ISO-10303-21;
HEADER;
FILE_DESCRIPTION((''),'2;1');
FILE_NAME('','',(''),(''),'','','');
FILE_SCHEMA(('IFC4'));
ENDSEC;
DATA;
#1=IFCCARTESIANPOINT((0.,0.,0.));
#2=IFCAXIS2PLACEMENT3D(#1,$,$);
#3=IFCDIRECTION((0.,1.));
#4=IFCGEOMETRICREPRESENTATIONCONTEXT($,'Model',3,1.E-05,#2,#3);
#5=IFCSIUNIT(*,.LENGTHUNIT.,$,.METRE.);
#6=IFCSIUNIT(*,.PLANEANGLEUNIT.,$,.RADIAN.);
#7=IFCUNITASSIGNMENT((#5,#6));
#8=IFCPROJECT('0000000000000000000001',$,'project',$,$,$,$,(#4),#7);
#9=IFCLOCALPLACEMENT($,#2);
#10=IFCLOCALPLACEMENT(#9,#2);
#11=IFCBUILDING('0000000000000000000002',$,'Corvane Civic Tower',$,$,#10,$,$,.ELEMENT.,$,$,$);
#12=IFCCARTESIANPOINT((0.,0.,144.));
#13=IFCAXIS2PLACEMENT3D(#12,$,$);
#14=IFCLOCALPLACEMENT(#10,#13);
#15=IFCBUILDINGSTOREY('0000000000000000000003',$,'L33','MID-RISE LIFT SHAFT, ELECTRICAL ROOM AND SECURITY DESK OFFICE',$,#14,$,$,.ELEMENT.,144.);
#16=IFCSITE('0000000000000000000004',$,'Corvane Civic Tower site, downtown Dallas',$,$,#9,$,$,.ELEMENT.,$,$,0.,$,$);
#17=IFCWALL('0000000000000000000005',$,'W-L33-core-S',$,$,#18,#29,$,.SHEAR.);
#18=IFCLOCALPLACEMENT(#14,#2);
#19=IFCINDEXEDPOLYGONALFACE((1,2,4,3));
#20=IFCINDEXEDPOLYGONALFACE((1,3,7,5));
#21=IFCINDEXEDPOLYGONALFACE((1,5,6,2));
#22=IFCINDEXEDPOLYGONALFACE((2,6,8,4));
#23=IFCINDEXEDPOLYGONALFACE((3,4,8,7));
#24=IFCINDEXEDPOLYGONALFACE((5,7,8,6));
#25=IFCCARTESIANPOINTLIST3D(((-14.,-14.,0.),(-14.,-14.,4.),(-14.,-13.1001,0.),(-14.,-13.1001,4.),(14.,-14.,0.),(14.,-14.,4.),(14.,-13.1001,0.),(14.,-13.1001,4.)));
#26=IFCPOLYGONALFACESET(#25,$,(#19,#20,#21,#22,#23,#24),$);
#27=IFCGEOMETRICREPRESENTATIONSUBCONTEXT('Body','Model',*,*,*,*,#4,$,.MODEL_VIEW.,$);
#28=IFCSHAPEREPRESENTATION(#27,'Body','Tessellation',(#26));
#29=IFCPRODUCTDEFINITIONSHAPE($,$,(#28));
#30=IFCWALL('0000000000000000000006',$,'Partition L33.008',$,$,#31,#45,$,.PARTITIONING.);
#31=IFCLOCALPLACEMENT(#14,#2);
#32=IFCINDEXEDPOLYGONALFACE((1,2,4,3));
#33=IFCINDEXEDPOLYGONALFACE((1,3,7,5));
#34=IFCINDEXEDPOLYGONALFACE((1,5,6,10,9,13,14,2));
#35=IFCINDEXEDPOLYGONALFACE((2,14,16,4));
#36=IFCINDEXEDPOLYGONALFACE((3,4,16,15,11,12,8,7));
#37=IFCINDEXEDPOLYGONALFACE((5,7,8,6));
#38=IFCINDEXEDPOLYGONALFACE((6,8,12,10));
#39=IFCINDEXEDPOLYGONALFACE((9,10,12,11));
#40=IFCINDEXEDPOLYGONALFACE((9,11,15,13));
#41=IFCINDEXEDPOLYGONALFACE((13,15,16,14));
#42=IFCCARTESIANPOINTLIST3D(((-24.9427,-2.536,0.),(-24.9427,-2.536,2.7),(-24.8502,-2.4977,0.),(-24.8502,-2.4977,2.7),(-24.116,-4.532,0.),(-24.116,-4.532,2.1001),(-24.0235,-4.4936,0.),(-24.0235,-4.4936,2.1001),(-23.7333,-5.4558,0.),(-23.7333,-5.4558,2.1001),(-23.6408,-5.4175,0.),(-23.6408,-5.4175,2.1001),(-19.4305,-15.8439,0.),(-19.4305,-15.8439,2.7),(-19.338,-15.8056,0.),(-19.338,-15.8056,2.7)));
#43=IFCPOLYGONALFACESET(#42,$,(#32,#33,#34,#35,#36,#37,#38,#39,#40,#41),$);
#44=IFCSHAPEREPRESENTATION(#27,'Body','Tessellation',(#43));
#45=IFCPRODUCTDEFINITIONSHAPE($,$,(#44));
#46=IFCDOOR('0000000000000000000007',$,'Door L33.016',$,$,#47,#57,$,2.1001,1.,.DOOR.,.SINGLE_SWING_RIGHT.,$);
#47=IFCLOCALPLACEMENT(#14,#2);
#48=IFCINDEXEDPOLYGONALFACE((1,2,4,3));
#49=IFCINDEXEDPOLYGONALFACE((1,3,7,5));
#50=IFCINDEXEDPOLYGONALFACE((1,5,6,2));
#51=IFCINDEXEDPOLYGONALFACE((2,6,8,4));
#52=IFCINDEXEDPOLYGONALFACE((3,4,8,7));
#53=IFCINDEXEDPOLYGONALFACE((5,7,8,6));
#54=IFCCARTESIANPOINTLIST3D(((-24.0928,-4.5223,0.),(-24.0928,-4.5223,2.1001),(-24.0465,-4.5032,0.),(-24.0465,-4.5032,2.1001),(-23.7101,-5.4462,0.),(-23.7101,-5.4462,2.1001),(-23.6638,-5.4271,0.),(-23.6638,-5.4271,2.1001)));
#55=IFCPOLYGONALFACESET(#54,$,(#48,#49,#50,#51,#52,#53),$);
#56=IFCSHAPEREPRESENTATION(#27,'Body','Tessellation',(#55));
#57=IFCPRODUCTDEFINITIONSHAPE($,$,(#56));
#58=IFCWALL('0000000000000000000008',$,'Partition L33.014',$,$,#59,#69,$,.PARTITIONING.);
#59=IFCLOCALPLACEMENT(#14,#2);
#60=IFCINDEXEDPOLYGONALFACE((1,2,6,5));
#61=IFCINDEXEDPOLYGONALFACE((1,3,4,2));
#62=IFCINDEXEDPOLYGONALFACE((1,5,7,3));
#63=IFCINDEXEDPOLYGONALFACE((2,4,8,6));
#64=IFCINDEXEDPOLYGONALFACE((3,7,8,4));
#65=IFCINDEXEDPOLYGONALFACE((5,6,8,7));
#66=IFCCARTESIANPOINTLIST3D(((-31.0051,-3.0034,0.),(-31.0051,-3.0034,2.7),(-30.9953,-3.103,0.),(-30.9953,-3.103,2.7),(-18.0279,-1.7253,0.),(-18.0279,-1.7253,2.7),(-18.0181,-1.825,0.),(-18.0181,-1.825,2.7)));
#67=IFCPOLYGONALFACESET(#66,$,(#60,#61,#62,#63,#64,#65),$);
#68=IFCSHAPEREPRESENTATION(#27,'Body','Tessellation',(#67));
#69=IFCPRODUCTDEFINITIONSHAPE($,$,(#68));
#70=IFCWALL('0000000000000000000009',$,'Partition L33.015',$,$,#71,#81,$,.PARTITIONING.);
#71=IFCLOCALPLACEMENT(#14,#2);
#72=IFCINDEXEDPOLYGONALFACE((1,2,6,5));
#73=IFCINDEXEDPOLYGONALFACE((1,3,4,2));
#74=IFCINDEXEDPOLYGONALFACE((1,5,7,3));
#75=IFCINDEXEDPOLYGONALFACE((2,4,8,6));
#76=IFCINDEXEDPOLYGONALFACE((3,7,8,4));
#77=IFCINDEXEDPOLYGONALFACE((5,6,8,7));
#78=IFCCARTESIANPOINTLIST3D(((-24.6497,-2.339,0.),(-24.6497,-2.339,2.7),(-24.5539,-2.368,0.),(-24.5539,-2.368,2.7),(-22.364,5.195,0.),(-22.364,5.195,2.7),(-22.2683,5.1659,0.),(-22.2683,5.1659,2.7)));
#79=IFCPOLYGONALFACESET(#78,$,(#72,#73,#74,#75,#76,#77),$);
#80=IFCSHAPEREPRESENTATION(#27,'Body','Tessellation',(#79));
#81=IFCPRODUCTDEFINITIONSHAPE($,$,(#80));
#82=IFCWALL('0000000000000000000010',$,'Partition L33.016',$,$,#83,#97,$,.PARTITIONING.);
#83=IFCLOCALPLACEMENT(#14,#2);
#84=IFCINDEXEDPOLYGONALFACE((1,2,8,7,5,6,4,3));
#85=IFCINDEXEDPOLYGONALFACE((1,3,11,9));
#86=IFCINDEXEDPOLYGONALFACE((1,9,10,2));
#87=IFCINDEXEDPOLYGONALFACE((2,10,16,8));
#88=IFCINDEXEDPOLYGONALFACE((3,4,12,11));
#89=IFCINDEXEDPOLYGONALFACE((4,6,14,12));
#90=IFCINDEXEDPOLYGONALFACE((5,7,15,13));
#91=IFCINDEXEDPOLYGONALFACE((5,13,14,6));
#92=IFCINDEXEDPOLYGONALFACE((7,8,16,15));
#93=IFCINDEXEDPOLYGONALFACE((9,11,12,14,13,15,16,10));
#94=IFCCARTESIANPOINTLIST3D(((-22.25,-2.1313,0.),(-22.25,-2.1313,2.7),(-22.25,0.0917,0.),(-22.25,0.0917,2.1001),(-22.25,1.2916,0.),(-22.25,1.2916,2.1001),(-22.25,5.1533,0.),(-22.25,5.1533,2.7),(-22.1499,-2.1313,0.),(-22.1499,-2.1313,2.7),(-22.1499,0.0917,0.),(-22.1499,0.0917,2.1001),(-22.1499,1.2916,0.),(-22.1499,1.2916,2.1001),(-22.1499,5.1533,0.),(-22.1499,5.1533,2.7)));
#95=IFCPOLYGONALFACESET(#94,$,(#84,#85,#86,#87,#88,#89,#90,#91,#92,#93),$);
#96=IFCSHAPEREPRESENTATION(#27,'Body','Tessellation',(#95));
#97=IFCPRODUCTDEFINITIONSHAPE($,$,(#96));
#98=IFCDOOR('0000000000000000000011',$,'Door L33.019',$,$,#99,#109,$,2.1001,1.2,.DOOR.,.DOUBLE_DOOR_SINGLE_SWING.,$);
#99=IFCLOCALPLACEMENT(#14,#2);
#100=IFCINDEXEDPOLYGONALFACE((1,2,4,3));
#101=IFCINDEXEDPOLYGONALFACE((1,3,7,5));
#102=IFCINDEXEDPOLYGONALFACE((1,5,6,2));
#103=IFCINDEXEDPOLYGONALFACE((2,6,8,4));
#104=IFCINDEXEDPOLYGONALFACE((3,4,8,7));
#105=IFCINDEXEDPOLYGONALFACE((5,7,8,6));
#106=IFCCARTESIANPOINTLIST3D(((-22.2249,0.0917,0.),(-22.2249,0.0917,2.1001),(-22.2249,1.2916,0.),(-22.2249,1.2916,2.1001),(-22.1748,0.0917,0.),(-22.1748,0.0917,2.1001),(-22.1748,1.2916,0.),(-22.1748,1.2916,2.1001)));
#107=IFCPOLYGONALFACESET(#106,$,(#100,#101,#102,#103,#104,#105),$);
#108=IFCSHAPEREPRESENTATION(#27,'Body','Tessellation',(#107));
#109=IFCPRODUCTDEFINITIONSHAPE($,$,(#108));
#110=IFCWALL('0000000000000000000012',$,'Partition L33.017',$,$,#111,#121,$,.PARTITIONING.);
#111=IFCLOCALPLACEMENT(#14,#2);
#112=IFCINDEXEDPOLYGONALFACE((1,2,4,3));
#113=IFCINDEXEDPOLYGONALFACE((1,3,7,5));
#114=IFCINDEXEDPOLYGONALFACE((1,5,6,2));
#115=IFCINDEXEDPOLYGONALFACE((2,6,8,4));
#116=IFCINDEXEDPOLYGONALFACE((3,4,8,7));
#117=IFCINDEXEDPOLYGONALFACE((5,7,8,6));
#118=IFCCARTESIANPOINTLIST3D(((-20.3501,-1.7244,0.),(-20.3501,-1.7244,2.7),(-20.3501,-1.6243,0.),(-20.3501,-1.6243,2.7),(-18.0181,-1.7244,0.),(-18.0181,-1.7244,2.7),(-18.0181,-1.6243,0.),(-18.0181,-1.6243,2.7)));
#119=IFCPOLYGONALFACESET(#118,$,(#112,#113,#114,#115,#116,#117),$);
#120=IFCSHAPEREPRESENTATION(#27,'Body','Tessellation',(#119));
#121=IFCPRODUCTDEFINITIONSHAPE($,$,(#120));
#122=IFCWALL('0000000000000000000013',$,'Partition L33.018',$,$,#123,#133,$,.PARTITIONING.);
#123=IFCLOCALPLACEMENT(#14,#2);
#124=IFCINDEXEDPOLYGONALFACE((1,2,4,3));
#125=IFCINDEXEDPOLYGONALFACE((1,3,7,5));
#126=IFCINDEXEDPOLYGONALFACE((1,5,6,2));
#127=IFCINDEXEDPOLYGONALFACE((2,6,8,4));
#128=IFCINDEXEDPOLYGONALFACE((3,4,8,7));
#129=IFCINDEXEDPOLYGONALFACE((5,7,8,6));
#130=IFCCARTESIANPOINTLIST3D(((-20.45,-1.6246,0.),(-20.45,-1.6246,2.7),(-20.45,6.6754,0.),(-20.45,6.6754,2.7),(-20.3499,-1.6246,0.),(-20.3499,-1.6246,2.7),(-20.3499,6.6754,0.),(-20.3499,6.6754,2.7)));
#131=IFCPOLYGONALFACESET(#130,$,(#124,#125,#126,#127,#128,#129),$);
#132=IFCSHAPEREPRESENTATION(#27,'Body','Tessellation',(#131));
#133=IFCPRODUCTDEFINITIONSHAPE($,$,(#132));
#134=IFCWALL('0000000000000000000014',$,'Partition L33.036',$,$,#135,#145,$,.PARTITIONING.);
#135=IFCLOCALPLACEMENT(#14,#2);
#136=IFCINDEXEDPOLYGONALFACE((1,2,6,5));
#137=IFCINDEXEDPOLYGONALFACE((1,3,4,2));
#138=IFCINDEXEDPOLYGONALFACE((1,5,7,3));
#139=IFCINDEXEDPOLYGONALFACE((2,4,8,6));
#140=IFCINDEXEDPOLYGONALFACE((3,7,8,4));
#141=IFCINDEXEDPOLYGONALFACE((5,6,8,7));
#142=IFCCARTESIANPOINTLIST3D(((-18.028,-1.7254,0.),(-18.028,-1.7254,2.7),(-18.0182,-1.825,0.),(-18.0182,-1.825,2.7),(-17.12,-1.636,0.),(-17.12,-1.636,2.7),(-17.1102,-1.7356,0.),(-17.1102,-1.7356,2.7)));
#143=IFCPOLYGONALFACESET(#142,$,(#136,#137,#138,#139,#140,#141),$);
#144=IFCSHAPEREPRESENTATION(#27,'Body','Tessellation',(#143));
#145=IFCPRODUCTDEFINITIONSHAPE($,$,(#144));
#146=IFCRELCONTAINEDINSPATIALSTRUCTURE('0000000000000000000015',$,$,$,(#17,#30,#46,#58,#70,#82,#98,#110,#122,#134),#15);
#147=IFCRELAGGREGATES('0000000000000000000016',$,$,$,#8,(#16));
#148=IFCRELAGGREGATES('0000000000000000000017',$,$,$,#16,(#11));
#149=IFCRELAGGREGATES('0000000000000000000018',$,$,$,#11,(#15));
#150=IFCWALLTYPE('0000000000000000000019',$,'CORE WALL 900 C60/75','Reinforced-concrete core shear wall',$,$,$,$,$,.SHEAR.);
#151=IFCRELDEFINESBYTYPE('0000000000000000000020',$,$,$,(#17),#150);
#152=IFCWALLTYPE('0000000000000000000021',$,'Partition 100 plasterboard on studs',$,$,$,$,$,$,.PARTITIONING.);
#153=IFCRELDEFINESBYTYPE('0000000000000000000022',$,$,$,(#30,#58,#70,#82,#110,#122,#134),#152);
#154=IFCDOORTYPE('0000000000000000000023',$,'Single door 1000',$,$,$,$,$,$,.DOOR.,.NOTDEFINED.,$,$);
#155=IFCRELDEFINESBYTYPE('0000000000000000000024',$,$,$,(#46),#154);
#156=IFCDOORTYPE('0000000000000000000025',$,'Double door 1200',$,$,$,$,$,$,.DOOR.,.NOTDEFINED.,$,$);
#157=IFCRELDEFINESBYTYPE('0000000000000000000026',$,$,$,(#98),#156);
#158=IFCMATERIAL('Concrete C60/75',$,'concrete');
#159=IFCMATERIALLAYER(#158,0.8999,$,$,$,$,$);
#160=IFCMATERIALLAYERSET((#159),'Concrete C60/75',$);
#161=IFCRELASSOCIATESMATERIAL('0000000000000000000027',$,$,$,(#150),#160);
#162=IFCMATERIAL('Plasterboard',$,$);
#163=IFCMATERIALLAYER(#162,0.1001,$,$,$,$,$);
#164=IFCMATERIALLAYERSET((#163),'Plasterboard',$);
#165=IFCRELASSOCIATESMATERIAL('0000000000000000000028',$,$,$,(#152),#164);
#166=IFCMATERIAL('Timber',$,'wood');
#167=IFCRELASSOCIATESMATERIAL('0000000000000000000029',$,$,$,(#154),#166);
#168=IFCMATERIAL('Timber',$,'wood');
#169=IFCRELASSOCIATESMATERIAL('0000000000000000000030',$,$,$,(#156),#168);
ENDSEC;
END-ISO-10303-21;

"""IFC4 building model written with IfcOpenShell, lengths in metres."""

from ifc_helpers import new_model, si_unit, direction, frame, frame_2d, origin, place, context, subcontext, project, spatial, rectangle, extrude, material, layer, layer_set, type_object, element, fill, save


model = new_model("IFC4")

# Units and contexts
model_context = context("Model", 3, precision=1e-05, world=origin(), true_north=direction((0.0, 1.0)))
body_context = subcontext(model_context, "Body", "Model", "MODEL_VIEW")
ifc_project = project(units=[si_unit("LENGTHUNIT", "METRE"), si_unit("PLANEANGLEUNIT", "RADIAN")], contexts=[model_context])

# Site, building, storey
site_placement = place(None, origin())
site = spatial("IfcSite", under=ifc_project, at=site_placement, Name="Corvane Civic Tower site, downtown Dallas", CompositionType="ELEMENT", RefElevation=0.0)
building_placement = place(site_placement, origin())
building = spatial("IfcBuilding", under=site, at=building_placement, Name="Corvane Civic Tower", CompositionType="ELEMENT")
storey_placement = place(building_placement, frame((0.0, 0.0, 144.0)))
storey = spatial("IfcBuildingStorey", under=building, at=storey_placement, Name="L33", Description="MID-RISE LIFT SHAFT, ELECTRICAL ROOM AND SECURITY DESK OFFICE", CompositionType="ELEMENT", Elevation=144.0)

# Wall
ifc_material_1 = material(Name="Concrete C60/75", Category="concrete")
ifc_layer_1 = layer(ifc_material_1, 0.8999)
ifc_layer_set_1 = layer_set([ifc_layer_1], Name="Concrete C60/75")
wall_type_1 = type_object("IfcWallType", Name="CORE WALL 900 C60/75", Description="Reinforced-concrete core shear wall", PredefinedType="SHEAR", material=ifc_layer_set_1)
wall_1_placement = place(storey_placement, frame((-14.0, -13.55, 0.0), z_axis=(0.0, 0.0, 1.0), x_axis=(1.0, 0.0, 0.0)))
element("IfcWall", 1, at=wall_1_placement, inside=storey, type_object=wall_type_1, Name="W-L33-core-S", PredefinedType="SHEAR", context=body_context, shape_type="SweptSolid", body=[
    extrude(rectangle(XDim=28.0, YDim=0.8999, at=frame_2d((14.0, 0.0))), origin(), (0.0, 0.0, 1.0), 4.0),
])

# Wall, opening, door
ifc_material_2 = material(Name="Plasterboard")
ifc_layer_2 = layer(ifc_material_2, 0.1001)
ifc_layer_set_2 = layer_set([ifc_layer_2], Name="Plasterboard")
wall_type_2 = type_object("IfcWallType", Name="Partition 100 plasterboard on studs", PredefinedType="PARTITIONING", material=ifc_layer_set_2)
wall_2_placement = place(storey_placement, frame((-24.8965, -2.5168, 0.0), z_axis=(0.0, 0.0, 1.0), x_axis=(0.382678, -0.923882, 0.0)))
wall_2 = element("IfcWall", 2, at=wall_2_placement, inside=storey, type_object=wall_type_2, Name="Partition L33.008", PredefinedType="PARTITIONING", context=body_context, shape_type="SweptSolid", body=[
    extrude(rectangle(XDim=14.4043, YDim=0.1001, at=frame_2d((7.2021, 0.0))), origin(), (0.0, 0.0, 1.0), 2.7),
])
opening_1_placement = place(wall_2_placement, frame((2.1604, 0.0, 0.0)))
opening_1 = element("IfcOpeningElement", 3, at=opening_1_placement, cuts=wall_2, PredefinedType="OPENING", context=body_context, shape_type="SweptSolid", body=[
    extrude(rectangle(XDim=1.0, YDim=2.1001, at=frame_2d((0.5, 1.05))), frame((0.0, 0.0601, 0.0), z_axis=(0.0, -1.0, 0.0), x_axis=(1.0, 0.0, 0.0)), (0.0, 0.0, 1.0), 0.1201),
])
ifc_material_3 = material(Name="Timber", Category="wood")
door_type_1 = type_object("IfcDoorType", Name="Single door 1000", OperationType="NOTDEFINED", PredefinedType="DOOR", material=ifc_material_3)
door_1_placement = place(opening_1_placement, frame((1.0, 0.0, 0.0), z_axis=(0.0, 0.0, 1.0), x_axis=(-1.0, 0.0, 0.0)))
door_1 = element("IfcDoor", 4, at=door_1_placement, inside=storey, type_object=door_type_1, Name="Door L33.016", OperationType="SINGLE_SWING_RIGHT", OverallHeight=2.1001, OverallWidth=1.0, PredefinedType="DOOR", context=body_context, shape_type="SweptSolid", body=[
    extrude(rectangle(XDim=1.0, YDim=2.1001, at=frame_2d((0.5, 1.05))), frame((0.0, 0.0249, 0.0), z_axis=(0.0, -1.0, 0.0), x_axis=(1.0, 0.0, 0.0)), (0.0, 0.0, 1.0), 0.05),
])
fill(opening_1, door_1)

# Walls
wall_3_placement = place(storey_placement, frame((-31.0002, -3.0532, 0.0), z_axis=(0.0, 0.0, 1.0), x_axis=(0.995185, 0.098011, 0.0)))
element("IfcWall", 5, at=wall_3_placement, inside=storey, type_object=wall_type_2, Name="Partition L33.014", PredefinedType="PARTITIONING", context=body_context, shape_type="SweptSolid", body=[
    extrude(rectangle(XDim=13.04, YDim=0.1001, at=frame_2d((6.52, 0.0))), origin(), (0.0, 0.0, 1.0), 2.7),
])
wall_4_placement = place(storey_placement, frame((-24.6018, -2.3535, 0.0), z_axis=(0.0, 0.0, 1.0), x_axis=(0.290314, 0.956932, 0.0)))
element("IfcWall", 6, at=wall_4_placement, inside=storey, type_object=wall_type_2, Name="Partition L33.015", PredefinedType="PARTITIONING", context=body_context, shape_type="SweptSolid", body=[
    extrude(rectangle(XDim=7.873, YDim=0.1001, at=frame_2d((3.9365, 0.0))), origin(), (0.0, 0.0, 1.0), 2.7),
])

# Wall, opening, door
wall_5_placement = place(storey_placement, frame((-22.2, -2.1313, 0.0), z_axis=(0.0, 0.0, 1.0), x_axis=(0.0, 1.0, 0.0)))
wall_5 = element("IfcWall", 7, at=wall_5_placement, inside=storey, type_object=wall_type_2, Name="Partition L33.016", PredefinedType="PARTITIONING", context=body_context, shape_type="SweptSolid", body=[
    extrude(rectangle(XDim=7.2847, YDim=0.1001, at=frame_2d((3.6423, 0.0))), origin(), (0.0, 0.0, 1.0), 2.7),
])
opening_2_placement = place(wall_5_placement, frame((2.2229, 0.0, 0.0)))
opening_2 = element("IfcOpeningElement", 8, at=opening_2_placement, cuts=wall_5, PredefinedType="OPENING", context=body_context, shape_type="SweptSolid", body=[
    extrude(rectangle(XDim=1.2, YDim=2.1001, at=frame_2d((0.6001, 1.05))), frame((0.0, 0.0601, 0.0), z_axis=(0.0, -1.0, 0.0), x_axis=(1.0, 0.0, 0.0)), (0.0, 0.0, 1.0), 0.1201),
])
ifc_material_4 = material(Name="Timber", Category="wood")
door_type_2 = type_object("IfcDoorType", Name="Double door 1200", OperationType="NOTDEFINED", PredefinedType="DOOR", material=ifc_material_4)
door_2_placement = place(opening_2_placement, origin())
door_2 = element("IfcDoor", 9, at=door_2_placement, inside=storey, type_object=door_type_2, Name="Door L33.019", OperationType="DOUBLE_DOOR_SINGLE_SWING", OverallHeight=2.1001, OverallWidth=1.2, PredefinedType="DOOR", context=body_context, shape_type="SweptSolid", body=[
    extrude(rectangle(XDim=1.2, YDim=2.1001, at=frame_2d((0.6001, 1.05))), frame((0.0, 0.0249, 0.0), z_axis=(0.0, -1.0, 0.0), x_axis=(1.0, 0.0, 0.0)), (0.0, 0.0, 1.0), 0.05),
])
fill(opening_2, door_2)

# Walls
wall_6_placement = place(storey_placement, frame((-20.3501, -1.6743, 0.0), z_axis=(0.0, 0.0, 1.0), x_axis=(1.0, 0.0, 0.0)))
element("IfcWall", 10, at=wall_6_placement, inside=storey, type_object=wall_type_2, Name="Partition L33.017", PredefinedType="PARTITIONING", context=body_context, shape_type="SweptSolid", body=[
    extrude(rectangle(XDim=2.332, YDim=0.1001, at=frame_2d((1.166, 0.0))), origin(), (0.0, 0.0, 1.0), 2.7),
])
wall_7_placement = place(storey_placement, frame((-20.3999, -1.6245, 0.0), z_axis=(0.0, 0.0, 1.0), x_axis=(0.0, 1.0, 0.0)))
element("IfcWall", 11, at=wall_7_placement, inside=storey, type_object=wall_type_2, Name="Partition L33.018", PredefinedType="PARTITIONING", context=body_context, shape_type="SweptSolid", body=[
    extrude(rectangle(XDim=8.3, YDim=0.1001, at=frame_2d((4.1499, 0.0))), origin(), (0.0, 0.0, 1.0), 2.7),
])
wall_8_placement = place(storey_placement, frame((-18.0229, -1.7751, 0.0), z_axis=(0.0, 0.0, 1.0), x_axis=(0.995192, 0.09794, 0.0)))
element("IfcWall", 12, at=wall_8_placement, inside=storey, type_object=wall_type_2, Name="Partition L33.036", PredefinedType="PARTITIONING", context=body_context, shape_type="SweptSolid", body=[
    extrude(rectangle(XDim=0.9124, YDim=0.1001, at=frame_2d((0.4561, 0.0))), origin(), (0.0, 0.0, 1.0), 2.7),
])

save(model, "model.ifc")
